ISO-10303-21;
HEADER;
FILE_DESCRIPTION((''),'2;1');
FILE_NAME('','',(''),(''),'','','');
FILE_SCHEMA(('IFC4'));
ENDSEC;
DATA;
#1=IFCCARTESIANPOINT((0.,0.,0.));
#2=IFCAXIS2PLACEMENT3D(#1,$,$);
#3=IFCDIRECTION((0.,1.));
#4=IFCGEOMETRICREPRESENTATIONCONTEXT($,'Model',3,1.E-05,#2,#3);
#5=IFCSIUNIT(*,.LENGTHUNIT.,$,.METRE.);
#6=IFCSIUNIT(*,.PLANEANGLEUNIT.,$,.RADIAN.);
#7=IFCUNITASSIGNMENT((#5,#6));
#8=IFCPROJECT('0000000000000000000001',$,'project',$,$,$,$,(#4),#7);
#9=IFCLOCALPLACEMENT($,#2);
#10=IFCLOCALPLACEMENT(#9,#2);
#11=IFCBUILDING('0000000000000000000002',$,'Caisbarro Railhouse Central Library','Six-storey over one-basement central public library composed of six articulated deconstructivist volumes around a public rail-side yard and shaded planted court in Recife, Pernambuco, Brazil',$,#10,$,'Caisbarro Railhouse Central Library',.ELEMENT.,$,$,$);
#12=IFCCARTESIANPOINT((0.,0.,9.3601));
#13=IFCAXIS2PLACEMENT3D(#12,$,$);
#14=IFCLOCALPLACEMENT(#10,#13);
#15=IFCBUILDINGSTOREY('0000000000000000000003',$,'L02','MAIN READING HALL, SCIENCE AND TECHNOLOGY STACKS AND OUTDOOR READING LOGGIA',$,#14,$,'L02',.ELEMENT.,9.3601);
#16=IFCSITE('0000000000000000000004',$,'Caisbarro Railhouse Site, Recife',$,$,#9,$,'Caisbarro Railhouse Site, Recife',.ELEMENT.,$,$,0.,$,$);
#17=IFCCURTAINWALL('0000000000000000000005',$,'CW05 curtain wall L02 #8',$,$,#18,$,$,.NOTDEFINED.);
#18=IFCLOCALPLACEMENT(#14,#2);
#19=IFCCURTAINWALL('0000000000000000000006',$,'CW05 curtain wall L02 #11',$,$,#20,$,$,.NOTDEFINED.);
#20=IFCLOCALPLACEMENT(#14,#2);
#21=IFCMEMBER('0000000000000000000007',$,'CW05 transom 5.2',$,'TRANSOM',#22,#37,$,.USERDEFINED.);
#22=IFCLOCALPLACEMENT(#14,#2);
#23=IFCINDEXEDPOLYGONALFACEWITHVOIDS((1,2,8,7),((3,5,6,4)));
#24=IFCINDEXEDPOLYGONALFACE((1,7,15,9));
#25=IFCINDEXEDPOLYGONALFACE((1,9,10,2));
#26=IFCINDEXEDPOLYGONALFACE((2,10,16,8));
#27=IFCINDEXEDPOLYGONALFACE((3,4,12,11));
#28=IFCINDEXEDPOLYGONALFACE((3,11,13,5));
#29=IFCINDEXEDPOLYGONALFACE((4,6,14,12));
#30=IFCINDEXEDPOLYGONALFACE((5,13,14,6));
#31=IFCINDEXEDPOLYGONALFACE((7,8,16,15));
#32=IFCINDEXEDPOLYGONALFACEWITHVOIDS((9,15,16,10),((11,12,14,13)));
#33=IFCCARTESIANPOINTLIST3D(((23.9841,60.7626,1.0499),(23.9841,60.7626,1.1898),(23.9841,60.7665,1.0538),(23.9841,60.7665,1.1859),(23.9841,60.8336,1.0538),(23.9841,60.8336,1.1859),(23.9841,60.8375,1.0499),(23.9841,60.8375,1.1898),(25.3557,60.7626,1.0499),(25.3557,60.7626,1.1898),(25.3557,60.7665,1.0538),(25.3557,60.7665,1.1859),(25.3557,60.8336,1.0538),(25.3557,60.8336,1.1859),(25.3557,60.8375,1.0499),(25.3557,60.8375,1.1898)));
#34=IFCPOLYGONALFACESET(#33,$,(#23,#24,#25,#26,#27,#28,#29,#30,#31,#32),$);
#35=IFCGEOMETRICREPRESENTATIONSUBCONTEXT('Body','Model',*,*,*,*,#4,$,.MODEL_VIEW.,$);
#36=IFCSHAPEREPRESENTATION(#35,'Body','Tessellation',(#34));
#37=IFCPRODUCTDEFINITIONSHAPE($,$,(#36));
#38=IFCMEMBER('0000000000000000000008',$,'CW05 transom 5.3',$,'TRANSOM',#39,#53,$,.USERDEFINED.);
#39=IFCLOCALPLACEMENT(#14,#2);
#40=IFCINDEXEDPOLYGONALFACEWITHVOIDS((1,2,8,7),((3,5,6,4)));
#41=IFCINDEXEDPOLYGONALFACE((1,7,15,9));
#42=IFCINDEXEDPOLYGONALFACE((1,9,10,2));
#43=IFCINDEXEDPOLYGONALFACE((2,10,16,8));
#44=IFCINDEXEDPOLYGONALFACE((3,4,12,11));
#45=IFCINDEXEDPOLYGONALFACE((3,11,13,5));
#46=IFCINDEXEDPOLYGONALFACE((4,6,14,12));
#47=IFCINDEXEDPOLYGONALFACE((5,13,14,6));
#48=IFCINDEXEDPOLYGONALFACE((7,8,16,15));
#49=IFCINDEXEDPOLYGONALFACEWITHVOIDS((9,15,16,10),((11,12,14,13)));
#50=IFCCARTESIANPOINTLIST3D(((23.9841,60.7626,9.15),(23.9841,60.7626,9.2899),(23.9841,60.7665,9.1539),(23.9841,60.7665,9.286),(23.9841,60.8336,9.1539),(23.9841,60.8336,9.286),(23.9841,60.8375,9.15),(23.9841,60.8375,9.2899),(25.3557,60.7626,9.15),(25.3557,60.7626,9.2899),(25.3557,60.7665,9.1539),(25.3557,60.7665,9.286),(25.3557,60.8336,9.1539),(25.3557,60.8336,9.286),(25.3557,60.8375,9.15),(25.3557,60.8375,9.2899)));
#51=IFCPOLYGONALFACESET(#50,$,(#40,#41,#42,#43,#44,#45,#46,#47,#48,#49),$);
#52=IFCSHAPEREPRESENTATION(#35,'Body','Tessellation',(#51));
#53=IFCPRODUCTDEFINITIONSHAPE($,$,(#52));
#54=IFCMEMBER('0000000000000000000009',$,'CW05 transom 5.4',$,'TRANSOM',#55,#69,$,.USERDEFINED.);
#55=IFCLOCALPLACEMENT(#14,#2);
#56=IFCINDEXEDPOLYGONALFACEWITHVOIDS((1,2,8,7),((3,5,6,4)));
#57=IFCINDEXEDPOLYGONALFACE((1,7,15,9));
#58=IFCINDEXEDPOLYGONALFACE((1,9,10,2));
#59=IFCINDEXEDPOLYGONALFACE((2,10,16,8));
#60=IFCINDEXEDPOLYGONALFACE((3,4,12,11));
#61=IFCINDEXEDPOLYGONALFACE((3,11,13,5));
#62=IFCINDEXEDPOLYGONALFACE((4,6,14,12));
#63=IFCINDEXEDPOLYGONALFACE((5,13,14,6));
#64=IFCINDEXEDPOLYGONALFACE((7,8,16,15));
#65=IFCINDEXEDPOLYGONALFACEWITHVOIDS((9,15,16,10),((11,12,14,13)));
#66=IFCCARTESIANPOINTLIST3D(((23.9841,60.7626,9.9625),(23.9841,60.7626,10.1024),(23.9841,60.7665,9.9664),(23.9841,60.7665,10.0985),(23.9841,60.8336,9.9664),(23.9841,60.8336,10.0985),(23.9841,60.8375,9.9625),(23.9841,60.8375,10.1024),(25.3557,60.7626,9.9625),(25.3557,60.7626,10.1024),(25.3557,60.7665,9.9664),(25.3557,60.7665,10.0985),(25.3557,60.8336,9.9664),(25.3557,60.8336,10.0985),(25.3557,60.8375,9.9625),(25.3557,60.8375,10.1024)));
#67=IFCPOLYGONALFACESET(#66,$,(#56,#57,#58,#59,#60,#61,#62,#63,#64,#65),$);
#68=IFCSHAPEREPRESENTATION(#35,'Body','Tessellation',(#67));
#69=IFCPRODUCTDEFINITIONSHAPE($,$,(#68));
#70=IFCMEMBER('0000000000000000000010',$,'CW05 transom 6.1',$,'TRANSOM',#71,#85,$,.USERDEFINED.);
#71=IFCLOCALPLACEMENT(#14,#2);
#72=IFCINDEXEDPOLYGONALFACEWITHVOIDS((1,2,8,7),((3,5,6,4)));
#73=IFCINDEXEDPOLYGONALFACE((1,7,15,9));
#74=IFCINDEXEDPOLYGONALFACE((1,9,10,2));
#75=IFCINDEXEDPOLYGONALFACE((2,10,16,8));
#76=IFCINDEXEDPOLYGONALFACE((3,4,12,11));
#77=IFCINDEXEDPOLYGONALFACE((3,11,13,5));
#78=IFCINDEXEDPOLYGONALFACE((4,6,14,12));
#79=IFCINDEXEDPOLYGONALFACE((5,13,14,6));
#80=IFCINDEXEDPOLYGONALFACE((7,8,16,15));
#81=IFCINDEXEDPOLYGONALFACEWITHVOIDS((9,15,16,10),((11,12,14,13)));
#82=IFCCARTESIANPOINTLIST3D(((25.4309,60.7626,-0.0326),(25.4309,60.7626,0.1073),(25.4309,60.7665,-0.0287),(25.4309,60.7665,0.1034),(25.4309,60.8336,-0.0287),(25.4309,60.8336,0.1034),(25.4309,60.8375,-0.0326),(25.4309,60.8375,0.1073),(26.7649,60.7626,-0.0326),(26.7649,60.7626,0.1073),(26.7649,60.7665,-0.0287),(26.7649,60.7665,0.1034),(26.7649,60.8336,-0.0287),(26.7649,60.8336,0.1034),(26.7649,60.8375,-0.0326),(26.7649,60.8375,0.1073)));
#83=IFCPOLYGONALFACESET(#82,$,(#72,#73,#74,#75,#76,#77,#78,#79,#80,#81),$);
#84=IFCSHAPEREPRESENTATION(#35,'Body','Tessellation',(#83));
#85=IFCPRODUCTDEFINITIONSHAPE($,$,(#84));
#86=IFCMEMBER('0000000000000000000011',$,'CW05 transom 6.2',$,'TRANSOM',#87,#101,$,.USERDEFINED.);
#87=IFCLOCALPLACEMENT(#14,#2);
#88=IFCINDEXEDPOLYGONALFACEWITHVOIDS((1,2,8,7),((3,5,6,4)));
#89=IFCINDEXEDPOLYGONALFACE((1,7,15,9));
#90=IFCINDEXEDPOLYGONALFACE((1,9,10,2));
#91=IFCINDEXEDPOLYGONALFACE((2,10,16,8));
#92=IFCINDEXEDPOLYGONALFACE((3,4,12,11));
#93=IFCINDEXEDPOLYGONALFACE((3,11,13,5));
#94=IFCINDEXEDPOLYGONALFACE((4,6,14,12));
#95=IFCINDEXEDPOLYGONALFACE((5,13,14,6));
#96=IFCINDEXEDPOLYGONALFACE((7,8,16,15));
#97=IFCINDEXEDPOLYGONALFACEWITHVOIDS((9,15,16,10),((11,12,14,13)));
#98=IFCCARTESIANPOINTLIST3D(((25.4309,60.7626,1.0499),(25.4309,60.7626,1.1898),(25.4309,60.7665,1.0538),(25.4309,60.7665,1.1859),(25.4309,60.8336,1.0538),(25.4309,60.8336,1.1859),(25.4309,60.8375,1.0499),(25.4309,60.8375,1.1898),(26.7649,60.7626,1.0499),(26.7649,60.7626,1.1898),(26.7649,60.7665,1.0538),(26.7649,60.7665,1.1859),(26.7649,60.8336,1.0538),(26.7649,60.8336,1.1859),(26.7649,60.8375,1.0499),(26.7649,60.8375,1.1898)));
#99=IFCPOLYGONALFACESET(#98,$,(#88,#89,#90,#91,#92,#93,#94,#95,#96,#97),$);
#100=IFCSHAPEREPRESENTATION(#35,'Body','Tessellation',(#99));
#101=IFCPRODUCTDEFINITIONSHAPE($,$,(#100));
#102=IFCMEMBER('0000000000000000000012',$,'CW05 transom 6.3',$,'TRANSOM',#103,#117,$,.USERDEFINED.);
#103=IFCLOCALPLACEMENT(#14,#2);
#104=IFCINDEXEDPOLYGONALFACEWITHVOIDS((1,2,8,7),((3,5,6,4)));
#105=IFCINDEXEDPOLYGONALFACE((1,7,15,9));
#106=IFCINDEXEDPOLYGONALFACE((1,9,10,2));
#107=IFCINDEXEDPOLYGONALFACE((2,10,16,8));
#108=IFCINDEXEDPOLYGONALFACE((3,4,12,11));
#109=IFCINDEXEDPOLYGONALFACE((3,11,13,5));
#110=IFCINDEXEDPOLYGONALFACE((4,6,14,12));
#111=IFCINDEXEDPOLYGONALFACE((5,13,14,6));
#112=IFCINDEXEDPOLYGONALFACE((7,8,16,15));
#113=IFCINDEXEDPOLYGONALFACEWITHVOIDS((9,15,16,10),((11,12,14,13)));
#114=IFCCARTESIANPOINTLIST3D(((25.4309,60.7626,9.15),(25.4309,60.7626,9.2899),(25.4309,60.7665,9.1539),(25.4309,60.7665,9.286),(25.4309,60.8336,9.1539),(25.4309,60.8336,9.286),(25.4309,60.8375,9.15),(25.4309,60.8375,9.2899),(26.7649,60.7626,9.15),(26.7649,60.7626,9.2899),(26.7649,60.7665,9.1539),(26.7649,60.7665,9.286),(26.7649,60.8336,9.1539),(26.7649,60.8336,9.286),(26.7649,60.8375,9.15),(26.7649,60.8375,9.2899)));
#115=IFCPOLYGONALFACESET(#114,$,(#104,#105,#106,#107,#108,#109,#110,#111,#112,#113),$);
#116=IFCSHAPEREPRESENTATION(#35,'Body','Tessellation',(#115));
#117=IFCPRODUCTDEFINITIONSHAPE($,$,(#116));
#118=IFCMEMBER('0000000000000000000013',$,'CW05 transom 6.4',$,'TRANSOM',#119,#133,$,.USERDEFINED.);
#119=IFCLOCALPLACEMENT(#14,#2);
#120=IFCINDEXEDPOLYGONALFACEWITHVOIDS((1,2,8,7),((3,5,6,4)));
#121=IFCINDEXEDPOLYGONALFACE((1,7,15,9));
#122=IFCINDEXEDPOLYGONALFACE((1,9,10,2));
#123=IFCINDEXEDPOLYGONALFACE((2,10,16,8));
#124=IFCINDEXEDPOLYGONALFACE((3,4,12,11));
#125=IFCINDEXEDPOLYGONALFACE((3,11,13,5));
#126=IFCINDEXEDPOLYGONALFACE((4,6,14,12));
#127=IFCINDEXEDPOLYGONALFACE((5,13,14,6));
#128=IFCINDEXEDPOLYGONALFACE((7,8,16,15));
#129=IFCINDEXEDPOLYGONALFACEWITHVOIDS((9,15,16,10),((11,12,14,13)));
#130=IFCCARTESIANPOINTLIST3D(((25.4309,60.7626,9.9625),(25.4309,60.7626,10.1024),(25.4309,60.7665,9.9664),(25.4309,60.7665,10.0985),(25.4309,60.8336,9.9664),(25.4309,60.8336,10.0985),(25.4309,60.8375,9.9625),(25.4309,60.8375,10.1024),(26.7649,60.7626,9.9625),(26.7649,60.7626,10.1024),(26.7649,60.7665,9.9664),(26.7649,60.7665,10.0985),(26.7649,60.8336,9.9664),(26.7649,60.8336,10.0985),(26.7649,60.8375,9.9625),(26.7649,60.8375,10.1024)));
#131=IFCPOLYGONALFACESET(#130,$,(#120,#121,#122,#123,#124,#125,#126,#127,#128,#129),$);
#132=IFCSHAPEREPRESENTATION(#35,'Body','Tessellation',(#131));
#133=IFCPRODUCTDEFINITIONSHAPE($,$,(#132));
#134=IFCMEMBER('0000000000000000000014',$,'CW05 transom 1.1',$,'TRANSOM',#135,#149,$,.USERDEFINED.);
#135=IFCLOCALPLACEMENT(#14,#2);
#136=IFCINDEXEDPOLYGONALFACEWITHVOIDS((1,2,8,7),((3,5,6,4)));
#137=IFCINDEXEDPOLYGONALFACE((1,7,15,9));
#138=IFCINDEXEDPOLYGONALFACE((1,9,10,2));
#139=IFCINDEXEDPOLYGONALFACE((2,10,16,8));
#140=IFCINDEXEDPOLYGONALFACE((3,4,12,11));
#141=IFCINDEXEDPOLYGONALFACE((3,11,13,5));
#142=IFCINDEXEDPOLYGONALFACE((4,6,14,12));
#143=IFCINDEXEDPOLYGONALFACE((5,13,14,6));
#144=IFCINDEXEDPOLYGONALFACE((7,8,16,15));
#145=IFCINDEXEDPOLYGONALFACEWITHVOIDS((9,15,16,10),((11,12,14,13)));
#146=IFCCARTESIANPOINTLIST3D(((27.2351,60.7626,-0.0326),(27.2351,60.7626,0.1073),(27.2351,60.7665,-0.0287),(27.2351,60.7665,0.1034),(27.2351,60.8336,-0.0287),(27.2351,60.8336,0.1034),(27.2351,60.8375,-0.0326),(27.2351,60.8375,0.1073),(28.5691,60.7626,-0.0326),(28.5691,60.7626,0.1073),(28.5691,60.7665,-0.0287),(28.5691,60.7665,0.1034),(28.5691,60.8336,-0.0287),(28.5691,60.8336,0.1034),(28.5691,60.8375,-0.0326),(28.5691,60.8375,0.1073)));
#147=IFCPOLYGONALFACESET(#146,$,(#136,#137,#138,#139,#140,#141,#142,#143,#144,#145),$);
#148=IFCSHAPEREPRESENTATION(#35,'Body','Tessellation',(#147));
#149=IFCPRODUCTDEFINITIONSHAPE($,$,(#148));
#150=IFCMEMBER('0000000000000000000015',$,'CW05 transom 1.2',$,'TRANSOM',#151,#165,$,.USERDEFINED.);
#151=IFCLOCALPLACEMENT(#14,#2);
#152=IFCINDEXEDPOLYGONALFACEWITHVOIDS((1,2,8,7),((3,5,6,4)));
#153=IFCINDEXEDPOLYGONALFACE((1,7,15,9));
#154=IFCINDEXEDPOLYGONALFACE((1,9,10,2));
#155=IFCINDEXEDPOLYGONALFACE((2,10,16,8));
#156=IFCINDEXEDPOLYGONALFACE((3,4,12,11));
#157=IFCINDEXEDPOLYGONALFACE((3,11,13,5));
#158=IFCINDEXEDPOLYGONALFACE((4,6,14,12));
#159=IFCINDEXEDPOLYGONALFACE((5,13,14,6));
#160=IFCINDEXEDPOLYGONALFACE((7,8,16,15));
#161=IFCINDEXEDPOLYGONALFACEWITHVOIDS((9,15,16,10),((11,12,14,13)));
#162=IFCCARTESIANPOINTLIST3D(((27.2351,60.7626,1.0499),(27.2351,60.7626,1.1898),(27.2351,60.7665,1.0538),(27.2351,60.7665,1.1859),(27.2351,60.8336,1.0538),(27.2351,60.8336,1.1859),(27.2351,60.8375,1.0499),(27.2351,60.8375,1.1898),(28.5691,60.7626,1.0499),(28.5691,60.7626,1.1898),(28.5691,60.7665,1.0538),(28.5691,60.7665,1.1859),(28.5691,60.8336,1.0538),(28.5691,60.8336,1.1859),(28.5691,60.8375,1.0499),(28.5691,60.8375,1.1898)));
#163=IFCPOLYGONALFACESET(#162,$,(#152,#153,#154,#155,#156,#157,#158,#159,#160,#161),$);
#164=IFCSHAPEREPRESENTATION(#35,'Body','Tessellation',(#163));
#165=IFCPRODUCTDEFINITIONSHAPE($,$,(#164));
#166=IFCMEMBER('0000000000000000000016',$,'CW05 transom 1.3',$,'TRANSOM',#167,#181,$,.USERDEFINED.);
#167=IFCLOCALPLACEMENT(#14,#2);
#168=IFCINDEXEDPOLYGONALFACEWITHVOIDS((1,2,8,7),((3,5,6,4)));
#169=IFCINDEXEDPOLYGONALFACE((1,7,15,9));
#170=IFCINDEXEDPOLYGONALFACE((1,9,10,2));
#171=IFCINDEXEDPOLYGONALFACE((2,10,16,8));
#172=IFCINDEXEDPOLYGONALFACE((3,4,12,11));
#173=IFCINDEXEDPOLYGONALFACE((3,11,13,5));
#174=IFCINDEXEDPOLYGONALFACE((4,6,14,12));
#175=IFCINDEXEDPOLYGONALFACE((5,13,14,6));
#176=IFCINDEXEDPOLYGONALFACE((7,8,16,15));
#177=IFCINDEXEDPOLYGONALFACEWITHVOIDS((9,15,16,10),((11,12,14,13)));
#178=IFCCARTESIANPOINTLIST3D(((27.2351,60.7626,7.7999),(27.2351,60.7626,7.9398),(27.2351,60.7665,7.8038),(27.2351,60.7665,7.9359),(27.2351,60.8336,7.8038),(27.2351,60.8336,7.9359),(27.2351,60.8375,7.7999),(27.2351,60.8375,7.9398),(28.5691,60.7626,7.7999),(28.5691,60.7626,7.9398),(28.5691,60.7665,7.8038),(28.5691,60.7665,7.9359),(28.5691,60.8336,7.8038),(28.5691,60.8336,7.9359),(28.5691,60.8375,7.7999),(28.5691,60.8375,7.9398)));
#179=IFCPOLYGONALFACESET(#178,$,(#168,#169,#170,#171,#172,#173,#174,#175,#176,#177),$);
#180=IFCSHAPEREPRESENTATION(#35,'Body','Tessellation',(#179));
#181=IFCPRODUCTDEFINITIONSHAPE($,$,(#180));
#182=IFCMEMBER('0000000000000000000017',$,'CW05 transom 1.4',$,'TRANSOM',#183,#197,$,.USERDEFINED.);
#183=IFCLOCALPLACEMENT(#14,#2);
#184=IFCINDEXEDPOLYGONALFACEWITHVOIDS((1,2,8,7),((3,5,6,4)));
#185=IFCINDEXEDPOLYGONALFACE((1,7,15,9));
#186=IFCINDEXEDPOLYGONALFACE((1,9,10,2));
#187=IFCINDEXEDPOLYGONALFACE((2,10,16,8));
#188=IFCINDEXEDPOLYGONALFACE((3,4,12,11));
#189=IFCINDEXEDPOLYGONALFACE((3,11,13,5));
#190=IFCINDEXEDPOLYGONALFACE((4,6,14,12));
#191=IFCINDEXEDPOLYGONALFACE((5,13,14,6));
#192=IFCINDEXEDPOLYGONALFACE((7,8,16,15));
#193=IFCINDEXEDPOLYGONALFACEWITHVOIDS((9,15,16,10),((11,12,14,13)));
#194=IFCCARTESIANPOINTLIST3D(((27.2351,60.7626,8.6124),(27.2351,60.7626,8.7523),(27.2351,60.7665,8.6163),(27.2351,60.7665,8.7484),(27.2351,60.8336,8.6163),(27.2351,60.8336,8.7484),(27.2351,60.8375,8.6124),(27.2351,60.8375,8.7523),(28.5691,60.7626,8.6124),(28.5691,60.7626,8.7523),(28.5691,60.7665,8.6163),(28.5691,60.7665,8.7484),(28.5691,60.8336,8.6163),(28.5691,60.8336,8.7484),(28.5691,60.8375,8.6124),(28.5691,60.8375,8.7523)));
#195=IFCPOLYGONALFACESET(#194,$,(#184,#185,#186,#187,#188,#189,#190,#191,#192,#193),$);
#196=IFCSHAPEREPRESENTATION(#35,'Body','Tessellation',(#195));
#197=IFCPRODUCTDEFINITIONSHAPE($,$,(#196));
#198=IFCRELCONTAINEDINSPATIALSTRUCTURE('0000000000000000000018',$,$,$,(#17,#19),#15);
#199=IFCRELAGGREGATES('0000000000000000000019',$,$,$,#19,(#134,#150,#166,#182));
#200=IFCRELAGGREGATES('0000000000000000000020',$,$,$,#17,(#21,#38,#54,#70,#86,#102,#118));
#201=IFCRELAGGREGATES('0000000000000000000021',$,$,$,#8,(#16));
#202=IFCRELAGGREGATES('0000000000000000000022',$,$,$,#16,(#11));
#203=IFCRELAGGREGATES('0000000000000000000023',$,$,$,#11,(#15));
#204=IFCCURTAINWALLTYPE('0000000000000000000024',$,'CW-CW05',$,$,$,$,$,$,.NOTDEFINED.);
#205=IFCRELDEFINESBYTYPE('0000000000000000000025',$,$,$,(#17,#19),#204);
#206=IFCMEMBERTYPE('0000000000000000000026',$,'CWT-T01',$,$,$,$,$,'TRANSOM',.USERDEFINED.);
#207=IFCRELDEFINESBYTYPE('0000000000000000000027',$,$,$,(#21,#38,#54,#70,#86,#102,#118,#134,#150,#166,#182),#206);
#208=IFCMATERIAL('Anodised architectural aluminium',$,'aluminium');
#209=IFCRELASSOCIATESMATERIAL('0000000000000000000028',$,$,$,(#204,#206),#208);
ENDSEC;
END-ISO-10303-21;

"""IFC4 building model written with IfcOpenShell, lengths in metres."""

from ifc_helpers import new_model, si_unit, direction, frame, origin, origin_2d, place, context, subcontext, project, spatial, hollow_rectangle, extrude, material, material_profile, profile_set, type_object, element, aggregate, save


model = new_model("IFC4")

# Units and contexts
model_context = context("Model", 3, precision=1e-05, world=origin(), true_north=direction((0.0, 1.0)))
body_context = subcontext(model_context, "Body", "Model", "MODEL_VIEW")
ifc_project = project(units=[si_unit("LENGTHUNIT", "METRE"), si_unit("PLANEANGLEUNIT", "RADIAN")], contexts=[model_context])

# Site, building, storey
site_placement = place(None, origin())
site = spatial("IfcSite", under=ifc_project, at=site_placement, Name="Caisbarro Railhouse Site, Recife", LongName="Caisbarro Railhouse Site, Recife", CompositionType="ELEMENT", RefElevation=0.0)
building_placement = place(site_placement, origin())
building = spatial("IfcBuilding", under=site, at=building_placement, Name="Caisbarro Railhouse Central Library", Description="Six-storey over one-basement central public library composed of six articulated deconstructivist volumes around a public rail-side yard and shaded planted court in Recife, Pernambuco, Brazil", LongName="Caisbarro Railhouse Central Library", CompositionType="ELEMENT")
storey_placement = place(building_placement, frame((0.0, 0.0, 9.3601)))
storey = spatial("IfcBuildingStorey", under=building, at=storey_placement, Name="L02", Description="MAIN READING HALL, SCIENCE AND TECHNOLOGY STACKS AND OUTDOOR READING LOGGIA", LongName="L02", CompositionType="ELEMENT", Elevation=9.3601)

# Curtain wall
ifc_material_1 = material(Name="Anodised architectural aluminium", Category="aluminium")
curtain_wall_type = type_object("IfcCurtainWallType", Name="CW-CW05", PredefinedType="NOTDEFINED", material=ifc_material_1)
curtain_wall_1_placement = place(storey_placement, origin())
curtain_wall_1 = element("IfcCurtainWall", 1, at=curtain_wall_1_placement, inside=storey, type_object=curtain_wall_type, Name="CW05 curtain wall L02 #8", PredefinedType="NOTDEFINED")

# Curtain wall
curtain_wall_2_placement = place(storey_placement, origin())
curtain_wall_2 = element("IfcCurtainWall", 2, at=curtain_wall_2_placement, inside=storey, type_object=curtain_wall_type, Name="CW05 curtain wall L02 #11", PredefinedType="NOTDEFINED")

# Members
ifc_material_profile_1 = material_profile(ifc_material_1, hollow_rectangle(XDim=0.075, YDim=0.1399, WallThickness=0.0039, at=origin_2d()), Name="ALU-TRN-75X140")
ifc_profile_set_1 = profile_set([ifc_material_profile_1], Name="Anodised architectural aluminium")
member_type_1 = type_object("IfcMemberType", Name="CWT-T01", ElementType="TRANSOM", PredefinedType="USERDEFINED", material=ifc_profile_set_1)
member_1_placement = place(storey_placement, frame((23.9841, 60.8, 1.1199), z_axis=(1.0, 0.0, 0.0), x_axis=(0.0, 1.0, 0.0)))
member_1 = element("IfcMember", 3, at=member_1_placement, type_object=member_type_1, Name="CW05 transom 5.2", ObjectType="TRANSOM", PredefinedType="USERDEFINED", context=body_context, shape_type="SweptSolid", body=[
    extrude(hollow_rectangle(XDim=0.075, YDim=0.1399, WallThickness=0.0039, at=origin_2d()), origin(), (0.0, 0.0, 1.0), 1.3716),
])
member_2_placement = place(storey_placement, frame((23.9841, 60.8, 9.22), z_axis=(1.0, 0.0, 0.0), x_axis=(0.0, 1.0, 0.0)))
member_2 = element("IfcMember", 4, at=member_2_placement, type_object=member_type_1, Name="CW05 transom 5.3", ObjectType="TRANSOM", PredefinedType="USERDEFINED", context=body_context, shape_type="SweptSolid", body=[
    extrude(hollow_rectangle(XDim=0.075, YDim=0.1399, WallThickness=0.0039, at=origin_2d()), origin(), (0.0, 0.0, 1.0), 1.3716),
])
member_3_placement = place(storey_placement, frame((23.9841, 60.8, 10.0325), z_axis=(1.0, 0.0, 0.0), x_axis=(0.0, 1.0, 0.0)))
member_3 = element("IfcMember", 5, at=member_3_placement, type_object=member_type_1, Name="CW05 transom 5.4", ObjectType="TRANSOM", PredefinedType="USERDEFINED", context=body_context, shape_type="SweptSolid", body=[
    extrude(hollow_rectangle(XDim=0.075, YDim=0.1399, WallThickness=0.0039, at=origin_2d()), origin(), (0.0, 0.0, 1.0), 1.3716),
])
member_4_placement = place(storey_placement, frame((25.4309, 60.8, 0.0374), z_axis=(1.0, 0.0, 0.0), x_axis=(0.0, 1.0, 0.0)))
member_4 = element("IfcMember", 6, at=member_4_placement, type_object=member_type_1, Name="CW05 transom 6.1", ObjectType="TRANSOM", PredefinedType="USERDEFINED", context=body_context, shape_type="SweptSolid", body=[
    extrude(hollow_rectangle(XDim=0.075, YDim=0.1399, WallThickness=0.0039, at=origin_2d()), origin(), (0.0, 0.0, 1.0), 1.334),
])
member_5_placement = place(storey_placement, frame((25.4309, 60.8, 1.1199), z_axis=(1.0, 0.0, 0.0), x_axis=(0.0, 1.0, 0.0)))
member_5 = element("IfcMember", 7, at=member_5_placement, type_object=member_type_1, Name="CW05 transom 6.2", ObjectType="TRANSOM", PredefinedType="USERDEFINED", context=body_context, shape_type="SweptSolid", body=[
    extrude(hollow_rectangle(XDim=0.075, YDim=0.1399, WallThickness=0.0039, at=origin_2d()), origin(), (0.0, 0.0, 1.0), 1.334),
])
member_6_placement = place(storey_placement, frame((25.4309, 60.8, 9.22), z_axis=(1.0, 0.0, 0.0), x_axis=(0.0, 1.0, 0.0)))
member_6 = element("IfcMember", 8, at=member_6_placement, type_object=member_type_1, Name="CW05 transom 6.3", ObjectType="TRANSOM", PredefinedType="USERDEFINED", context=body_context, shape_type="SweptSolid", body=[
    extrude(hollow_rectangle(XDim=0.075, YDim=0.1399, WallThickness=0.0039, at=origin_2d()), origin(), (0.0, 0.0, 1.0), 1.334),
])
member_7_placement = place(storey_placement, frame((25.4309, 60.8, 10.0325), z_axis=(1.0, 0.0, 0.0), x_axis=(0.0, 1.0, 0.0)))
member_7 = element("IfcMember", 9, at=member_7_placement, type_object=member_type_1, Name="CW05 transom 6.4", ObjectType="TRANSOM", PredefinedType="USERDEFINED", context=body_context, shape_type="SweptSolid", body=[
    extrude(hollow_rectangle(XDim=0.075, YDim=0.1399, WallThickness=0.0039, at=origin_2d()), origin(), (0.0, 0.0, 1.0), 1.334),
])
member_8_placement = place(storey_placement, frame((27.2351, 60.8, 0.0374), z_axis=(1.0, 0.0, 0.0), x_axis=(0.0, 1.0, 0.0)))
member_8 = element("IfcMember", 10, at=member_8_placement, type_object=member_type_1, Name="CW05 transom 1.1", ObjectType="TRANSOM", PredefinedType="USERDEFINED", context=body_context, shape_type="SweptSolid", body=[
    extrude(hollow_rectangle(XDim=0.075, YDim=0.1399, WallThickness=0.0039, at=origin_2d()), origin(), (0.0, 0.0, 1.0), 1.334),
])
member_9_placement = place(storey_placement, frame((27.2351, 60.8, 1.1199), z_axis=(1.0, 0.0, 0.0), x_axis=(0.0, 1.0, 0.0)))
member_9 = element("IfcMember", 11, at=member_9_placement, type_object=member_type_1, Name="CW05 transom 1.2", ObjectType="TRANSOM", PredefinedType="USERDEFINED", context=body_context, shape_type="SweptSolid", body=[
    extrude(hollow_rectangle(XDim=0.075, YDim=0.1399, WallThickness=0.0039, at=origin_2d()), origin(), (0.0, 0.0, 1.0), 1.334),
])
member_10_placement = place(storey_placement, frame((27.2351, 60.8, 7.8699), z_axis=(1.0, 0.0, 0.0), x_axis=(0.0, 1.0, 0.0)))
member_10 = element("IfcMember", 12, at=member_10_placement, type_object=member_type_1, Name="CW05 transom 1.3", ObjectType="TRANSOM", PredefinedType="USERDEFINED", context=body_context, shape_type="SweptSolid", body=[
    extrude(hollow_rectangle(XDim=0.075, YDim=0.1399, WallThickness=0.0039, at=origin_2d()), origin(), (0.0, 0.0, 1.0), 1.334),
])
member_11_placement = place(storey_placement, frame((27.2351, 60.8, 8.6824), z_axis=(1.0, 0.0, 0.0), x_axis=(0.0, 1.0, 0.0)))
member_11 = element("IfcMember", 13, at=member_11_placement, type_object=member_type_1, Name="CW05 transom 1.4", ObjectType="TRANSOM", PredefinedType="USERDEFINED", context=body_context, shape_type="SweptSolid", body=[
    extrude(hollow_rectangle(XDim=0.075, YDim=0.1399, WallThickness=0.0039, at=origin_2d()), origin(), (0.0, 0.0, 1.0), 1.334),
])
aggregate(curtain_wall_2, [member_8, member_9, member_10, member_11])

aggregate(curtain_wall_1, [member_1, member_2, member_3, member_4, member_5, member_6, member_7])

save(model, "model.ifc")
